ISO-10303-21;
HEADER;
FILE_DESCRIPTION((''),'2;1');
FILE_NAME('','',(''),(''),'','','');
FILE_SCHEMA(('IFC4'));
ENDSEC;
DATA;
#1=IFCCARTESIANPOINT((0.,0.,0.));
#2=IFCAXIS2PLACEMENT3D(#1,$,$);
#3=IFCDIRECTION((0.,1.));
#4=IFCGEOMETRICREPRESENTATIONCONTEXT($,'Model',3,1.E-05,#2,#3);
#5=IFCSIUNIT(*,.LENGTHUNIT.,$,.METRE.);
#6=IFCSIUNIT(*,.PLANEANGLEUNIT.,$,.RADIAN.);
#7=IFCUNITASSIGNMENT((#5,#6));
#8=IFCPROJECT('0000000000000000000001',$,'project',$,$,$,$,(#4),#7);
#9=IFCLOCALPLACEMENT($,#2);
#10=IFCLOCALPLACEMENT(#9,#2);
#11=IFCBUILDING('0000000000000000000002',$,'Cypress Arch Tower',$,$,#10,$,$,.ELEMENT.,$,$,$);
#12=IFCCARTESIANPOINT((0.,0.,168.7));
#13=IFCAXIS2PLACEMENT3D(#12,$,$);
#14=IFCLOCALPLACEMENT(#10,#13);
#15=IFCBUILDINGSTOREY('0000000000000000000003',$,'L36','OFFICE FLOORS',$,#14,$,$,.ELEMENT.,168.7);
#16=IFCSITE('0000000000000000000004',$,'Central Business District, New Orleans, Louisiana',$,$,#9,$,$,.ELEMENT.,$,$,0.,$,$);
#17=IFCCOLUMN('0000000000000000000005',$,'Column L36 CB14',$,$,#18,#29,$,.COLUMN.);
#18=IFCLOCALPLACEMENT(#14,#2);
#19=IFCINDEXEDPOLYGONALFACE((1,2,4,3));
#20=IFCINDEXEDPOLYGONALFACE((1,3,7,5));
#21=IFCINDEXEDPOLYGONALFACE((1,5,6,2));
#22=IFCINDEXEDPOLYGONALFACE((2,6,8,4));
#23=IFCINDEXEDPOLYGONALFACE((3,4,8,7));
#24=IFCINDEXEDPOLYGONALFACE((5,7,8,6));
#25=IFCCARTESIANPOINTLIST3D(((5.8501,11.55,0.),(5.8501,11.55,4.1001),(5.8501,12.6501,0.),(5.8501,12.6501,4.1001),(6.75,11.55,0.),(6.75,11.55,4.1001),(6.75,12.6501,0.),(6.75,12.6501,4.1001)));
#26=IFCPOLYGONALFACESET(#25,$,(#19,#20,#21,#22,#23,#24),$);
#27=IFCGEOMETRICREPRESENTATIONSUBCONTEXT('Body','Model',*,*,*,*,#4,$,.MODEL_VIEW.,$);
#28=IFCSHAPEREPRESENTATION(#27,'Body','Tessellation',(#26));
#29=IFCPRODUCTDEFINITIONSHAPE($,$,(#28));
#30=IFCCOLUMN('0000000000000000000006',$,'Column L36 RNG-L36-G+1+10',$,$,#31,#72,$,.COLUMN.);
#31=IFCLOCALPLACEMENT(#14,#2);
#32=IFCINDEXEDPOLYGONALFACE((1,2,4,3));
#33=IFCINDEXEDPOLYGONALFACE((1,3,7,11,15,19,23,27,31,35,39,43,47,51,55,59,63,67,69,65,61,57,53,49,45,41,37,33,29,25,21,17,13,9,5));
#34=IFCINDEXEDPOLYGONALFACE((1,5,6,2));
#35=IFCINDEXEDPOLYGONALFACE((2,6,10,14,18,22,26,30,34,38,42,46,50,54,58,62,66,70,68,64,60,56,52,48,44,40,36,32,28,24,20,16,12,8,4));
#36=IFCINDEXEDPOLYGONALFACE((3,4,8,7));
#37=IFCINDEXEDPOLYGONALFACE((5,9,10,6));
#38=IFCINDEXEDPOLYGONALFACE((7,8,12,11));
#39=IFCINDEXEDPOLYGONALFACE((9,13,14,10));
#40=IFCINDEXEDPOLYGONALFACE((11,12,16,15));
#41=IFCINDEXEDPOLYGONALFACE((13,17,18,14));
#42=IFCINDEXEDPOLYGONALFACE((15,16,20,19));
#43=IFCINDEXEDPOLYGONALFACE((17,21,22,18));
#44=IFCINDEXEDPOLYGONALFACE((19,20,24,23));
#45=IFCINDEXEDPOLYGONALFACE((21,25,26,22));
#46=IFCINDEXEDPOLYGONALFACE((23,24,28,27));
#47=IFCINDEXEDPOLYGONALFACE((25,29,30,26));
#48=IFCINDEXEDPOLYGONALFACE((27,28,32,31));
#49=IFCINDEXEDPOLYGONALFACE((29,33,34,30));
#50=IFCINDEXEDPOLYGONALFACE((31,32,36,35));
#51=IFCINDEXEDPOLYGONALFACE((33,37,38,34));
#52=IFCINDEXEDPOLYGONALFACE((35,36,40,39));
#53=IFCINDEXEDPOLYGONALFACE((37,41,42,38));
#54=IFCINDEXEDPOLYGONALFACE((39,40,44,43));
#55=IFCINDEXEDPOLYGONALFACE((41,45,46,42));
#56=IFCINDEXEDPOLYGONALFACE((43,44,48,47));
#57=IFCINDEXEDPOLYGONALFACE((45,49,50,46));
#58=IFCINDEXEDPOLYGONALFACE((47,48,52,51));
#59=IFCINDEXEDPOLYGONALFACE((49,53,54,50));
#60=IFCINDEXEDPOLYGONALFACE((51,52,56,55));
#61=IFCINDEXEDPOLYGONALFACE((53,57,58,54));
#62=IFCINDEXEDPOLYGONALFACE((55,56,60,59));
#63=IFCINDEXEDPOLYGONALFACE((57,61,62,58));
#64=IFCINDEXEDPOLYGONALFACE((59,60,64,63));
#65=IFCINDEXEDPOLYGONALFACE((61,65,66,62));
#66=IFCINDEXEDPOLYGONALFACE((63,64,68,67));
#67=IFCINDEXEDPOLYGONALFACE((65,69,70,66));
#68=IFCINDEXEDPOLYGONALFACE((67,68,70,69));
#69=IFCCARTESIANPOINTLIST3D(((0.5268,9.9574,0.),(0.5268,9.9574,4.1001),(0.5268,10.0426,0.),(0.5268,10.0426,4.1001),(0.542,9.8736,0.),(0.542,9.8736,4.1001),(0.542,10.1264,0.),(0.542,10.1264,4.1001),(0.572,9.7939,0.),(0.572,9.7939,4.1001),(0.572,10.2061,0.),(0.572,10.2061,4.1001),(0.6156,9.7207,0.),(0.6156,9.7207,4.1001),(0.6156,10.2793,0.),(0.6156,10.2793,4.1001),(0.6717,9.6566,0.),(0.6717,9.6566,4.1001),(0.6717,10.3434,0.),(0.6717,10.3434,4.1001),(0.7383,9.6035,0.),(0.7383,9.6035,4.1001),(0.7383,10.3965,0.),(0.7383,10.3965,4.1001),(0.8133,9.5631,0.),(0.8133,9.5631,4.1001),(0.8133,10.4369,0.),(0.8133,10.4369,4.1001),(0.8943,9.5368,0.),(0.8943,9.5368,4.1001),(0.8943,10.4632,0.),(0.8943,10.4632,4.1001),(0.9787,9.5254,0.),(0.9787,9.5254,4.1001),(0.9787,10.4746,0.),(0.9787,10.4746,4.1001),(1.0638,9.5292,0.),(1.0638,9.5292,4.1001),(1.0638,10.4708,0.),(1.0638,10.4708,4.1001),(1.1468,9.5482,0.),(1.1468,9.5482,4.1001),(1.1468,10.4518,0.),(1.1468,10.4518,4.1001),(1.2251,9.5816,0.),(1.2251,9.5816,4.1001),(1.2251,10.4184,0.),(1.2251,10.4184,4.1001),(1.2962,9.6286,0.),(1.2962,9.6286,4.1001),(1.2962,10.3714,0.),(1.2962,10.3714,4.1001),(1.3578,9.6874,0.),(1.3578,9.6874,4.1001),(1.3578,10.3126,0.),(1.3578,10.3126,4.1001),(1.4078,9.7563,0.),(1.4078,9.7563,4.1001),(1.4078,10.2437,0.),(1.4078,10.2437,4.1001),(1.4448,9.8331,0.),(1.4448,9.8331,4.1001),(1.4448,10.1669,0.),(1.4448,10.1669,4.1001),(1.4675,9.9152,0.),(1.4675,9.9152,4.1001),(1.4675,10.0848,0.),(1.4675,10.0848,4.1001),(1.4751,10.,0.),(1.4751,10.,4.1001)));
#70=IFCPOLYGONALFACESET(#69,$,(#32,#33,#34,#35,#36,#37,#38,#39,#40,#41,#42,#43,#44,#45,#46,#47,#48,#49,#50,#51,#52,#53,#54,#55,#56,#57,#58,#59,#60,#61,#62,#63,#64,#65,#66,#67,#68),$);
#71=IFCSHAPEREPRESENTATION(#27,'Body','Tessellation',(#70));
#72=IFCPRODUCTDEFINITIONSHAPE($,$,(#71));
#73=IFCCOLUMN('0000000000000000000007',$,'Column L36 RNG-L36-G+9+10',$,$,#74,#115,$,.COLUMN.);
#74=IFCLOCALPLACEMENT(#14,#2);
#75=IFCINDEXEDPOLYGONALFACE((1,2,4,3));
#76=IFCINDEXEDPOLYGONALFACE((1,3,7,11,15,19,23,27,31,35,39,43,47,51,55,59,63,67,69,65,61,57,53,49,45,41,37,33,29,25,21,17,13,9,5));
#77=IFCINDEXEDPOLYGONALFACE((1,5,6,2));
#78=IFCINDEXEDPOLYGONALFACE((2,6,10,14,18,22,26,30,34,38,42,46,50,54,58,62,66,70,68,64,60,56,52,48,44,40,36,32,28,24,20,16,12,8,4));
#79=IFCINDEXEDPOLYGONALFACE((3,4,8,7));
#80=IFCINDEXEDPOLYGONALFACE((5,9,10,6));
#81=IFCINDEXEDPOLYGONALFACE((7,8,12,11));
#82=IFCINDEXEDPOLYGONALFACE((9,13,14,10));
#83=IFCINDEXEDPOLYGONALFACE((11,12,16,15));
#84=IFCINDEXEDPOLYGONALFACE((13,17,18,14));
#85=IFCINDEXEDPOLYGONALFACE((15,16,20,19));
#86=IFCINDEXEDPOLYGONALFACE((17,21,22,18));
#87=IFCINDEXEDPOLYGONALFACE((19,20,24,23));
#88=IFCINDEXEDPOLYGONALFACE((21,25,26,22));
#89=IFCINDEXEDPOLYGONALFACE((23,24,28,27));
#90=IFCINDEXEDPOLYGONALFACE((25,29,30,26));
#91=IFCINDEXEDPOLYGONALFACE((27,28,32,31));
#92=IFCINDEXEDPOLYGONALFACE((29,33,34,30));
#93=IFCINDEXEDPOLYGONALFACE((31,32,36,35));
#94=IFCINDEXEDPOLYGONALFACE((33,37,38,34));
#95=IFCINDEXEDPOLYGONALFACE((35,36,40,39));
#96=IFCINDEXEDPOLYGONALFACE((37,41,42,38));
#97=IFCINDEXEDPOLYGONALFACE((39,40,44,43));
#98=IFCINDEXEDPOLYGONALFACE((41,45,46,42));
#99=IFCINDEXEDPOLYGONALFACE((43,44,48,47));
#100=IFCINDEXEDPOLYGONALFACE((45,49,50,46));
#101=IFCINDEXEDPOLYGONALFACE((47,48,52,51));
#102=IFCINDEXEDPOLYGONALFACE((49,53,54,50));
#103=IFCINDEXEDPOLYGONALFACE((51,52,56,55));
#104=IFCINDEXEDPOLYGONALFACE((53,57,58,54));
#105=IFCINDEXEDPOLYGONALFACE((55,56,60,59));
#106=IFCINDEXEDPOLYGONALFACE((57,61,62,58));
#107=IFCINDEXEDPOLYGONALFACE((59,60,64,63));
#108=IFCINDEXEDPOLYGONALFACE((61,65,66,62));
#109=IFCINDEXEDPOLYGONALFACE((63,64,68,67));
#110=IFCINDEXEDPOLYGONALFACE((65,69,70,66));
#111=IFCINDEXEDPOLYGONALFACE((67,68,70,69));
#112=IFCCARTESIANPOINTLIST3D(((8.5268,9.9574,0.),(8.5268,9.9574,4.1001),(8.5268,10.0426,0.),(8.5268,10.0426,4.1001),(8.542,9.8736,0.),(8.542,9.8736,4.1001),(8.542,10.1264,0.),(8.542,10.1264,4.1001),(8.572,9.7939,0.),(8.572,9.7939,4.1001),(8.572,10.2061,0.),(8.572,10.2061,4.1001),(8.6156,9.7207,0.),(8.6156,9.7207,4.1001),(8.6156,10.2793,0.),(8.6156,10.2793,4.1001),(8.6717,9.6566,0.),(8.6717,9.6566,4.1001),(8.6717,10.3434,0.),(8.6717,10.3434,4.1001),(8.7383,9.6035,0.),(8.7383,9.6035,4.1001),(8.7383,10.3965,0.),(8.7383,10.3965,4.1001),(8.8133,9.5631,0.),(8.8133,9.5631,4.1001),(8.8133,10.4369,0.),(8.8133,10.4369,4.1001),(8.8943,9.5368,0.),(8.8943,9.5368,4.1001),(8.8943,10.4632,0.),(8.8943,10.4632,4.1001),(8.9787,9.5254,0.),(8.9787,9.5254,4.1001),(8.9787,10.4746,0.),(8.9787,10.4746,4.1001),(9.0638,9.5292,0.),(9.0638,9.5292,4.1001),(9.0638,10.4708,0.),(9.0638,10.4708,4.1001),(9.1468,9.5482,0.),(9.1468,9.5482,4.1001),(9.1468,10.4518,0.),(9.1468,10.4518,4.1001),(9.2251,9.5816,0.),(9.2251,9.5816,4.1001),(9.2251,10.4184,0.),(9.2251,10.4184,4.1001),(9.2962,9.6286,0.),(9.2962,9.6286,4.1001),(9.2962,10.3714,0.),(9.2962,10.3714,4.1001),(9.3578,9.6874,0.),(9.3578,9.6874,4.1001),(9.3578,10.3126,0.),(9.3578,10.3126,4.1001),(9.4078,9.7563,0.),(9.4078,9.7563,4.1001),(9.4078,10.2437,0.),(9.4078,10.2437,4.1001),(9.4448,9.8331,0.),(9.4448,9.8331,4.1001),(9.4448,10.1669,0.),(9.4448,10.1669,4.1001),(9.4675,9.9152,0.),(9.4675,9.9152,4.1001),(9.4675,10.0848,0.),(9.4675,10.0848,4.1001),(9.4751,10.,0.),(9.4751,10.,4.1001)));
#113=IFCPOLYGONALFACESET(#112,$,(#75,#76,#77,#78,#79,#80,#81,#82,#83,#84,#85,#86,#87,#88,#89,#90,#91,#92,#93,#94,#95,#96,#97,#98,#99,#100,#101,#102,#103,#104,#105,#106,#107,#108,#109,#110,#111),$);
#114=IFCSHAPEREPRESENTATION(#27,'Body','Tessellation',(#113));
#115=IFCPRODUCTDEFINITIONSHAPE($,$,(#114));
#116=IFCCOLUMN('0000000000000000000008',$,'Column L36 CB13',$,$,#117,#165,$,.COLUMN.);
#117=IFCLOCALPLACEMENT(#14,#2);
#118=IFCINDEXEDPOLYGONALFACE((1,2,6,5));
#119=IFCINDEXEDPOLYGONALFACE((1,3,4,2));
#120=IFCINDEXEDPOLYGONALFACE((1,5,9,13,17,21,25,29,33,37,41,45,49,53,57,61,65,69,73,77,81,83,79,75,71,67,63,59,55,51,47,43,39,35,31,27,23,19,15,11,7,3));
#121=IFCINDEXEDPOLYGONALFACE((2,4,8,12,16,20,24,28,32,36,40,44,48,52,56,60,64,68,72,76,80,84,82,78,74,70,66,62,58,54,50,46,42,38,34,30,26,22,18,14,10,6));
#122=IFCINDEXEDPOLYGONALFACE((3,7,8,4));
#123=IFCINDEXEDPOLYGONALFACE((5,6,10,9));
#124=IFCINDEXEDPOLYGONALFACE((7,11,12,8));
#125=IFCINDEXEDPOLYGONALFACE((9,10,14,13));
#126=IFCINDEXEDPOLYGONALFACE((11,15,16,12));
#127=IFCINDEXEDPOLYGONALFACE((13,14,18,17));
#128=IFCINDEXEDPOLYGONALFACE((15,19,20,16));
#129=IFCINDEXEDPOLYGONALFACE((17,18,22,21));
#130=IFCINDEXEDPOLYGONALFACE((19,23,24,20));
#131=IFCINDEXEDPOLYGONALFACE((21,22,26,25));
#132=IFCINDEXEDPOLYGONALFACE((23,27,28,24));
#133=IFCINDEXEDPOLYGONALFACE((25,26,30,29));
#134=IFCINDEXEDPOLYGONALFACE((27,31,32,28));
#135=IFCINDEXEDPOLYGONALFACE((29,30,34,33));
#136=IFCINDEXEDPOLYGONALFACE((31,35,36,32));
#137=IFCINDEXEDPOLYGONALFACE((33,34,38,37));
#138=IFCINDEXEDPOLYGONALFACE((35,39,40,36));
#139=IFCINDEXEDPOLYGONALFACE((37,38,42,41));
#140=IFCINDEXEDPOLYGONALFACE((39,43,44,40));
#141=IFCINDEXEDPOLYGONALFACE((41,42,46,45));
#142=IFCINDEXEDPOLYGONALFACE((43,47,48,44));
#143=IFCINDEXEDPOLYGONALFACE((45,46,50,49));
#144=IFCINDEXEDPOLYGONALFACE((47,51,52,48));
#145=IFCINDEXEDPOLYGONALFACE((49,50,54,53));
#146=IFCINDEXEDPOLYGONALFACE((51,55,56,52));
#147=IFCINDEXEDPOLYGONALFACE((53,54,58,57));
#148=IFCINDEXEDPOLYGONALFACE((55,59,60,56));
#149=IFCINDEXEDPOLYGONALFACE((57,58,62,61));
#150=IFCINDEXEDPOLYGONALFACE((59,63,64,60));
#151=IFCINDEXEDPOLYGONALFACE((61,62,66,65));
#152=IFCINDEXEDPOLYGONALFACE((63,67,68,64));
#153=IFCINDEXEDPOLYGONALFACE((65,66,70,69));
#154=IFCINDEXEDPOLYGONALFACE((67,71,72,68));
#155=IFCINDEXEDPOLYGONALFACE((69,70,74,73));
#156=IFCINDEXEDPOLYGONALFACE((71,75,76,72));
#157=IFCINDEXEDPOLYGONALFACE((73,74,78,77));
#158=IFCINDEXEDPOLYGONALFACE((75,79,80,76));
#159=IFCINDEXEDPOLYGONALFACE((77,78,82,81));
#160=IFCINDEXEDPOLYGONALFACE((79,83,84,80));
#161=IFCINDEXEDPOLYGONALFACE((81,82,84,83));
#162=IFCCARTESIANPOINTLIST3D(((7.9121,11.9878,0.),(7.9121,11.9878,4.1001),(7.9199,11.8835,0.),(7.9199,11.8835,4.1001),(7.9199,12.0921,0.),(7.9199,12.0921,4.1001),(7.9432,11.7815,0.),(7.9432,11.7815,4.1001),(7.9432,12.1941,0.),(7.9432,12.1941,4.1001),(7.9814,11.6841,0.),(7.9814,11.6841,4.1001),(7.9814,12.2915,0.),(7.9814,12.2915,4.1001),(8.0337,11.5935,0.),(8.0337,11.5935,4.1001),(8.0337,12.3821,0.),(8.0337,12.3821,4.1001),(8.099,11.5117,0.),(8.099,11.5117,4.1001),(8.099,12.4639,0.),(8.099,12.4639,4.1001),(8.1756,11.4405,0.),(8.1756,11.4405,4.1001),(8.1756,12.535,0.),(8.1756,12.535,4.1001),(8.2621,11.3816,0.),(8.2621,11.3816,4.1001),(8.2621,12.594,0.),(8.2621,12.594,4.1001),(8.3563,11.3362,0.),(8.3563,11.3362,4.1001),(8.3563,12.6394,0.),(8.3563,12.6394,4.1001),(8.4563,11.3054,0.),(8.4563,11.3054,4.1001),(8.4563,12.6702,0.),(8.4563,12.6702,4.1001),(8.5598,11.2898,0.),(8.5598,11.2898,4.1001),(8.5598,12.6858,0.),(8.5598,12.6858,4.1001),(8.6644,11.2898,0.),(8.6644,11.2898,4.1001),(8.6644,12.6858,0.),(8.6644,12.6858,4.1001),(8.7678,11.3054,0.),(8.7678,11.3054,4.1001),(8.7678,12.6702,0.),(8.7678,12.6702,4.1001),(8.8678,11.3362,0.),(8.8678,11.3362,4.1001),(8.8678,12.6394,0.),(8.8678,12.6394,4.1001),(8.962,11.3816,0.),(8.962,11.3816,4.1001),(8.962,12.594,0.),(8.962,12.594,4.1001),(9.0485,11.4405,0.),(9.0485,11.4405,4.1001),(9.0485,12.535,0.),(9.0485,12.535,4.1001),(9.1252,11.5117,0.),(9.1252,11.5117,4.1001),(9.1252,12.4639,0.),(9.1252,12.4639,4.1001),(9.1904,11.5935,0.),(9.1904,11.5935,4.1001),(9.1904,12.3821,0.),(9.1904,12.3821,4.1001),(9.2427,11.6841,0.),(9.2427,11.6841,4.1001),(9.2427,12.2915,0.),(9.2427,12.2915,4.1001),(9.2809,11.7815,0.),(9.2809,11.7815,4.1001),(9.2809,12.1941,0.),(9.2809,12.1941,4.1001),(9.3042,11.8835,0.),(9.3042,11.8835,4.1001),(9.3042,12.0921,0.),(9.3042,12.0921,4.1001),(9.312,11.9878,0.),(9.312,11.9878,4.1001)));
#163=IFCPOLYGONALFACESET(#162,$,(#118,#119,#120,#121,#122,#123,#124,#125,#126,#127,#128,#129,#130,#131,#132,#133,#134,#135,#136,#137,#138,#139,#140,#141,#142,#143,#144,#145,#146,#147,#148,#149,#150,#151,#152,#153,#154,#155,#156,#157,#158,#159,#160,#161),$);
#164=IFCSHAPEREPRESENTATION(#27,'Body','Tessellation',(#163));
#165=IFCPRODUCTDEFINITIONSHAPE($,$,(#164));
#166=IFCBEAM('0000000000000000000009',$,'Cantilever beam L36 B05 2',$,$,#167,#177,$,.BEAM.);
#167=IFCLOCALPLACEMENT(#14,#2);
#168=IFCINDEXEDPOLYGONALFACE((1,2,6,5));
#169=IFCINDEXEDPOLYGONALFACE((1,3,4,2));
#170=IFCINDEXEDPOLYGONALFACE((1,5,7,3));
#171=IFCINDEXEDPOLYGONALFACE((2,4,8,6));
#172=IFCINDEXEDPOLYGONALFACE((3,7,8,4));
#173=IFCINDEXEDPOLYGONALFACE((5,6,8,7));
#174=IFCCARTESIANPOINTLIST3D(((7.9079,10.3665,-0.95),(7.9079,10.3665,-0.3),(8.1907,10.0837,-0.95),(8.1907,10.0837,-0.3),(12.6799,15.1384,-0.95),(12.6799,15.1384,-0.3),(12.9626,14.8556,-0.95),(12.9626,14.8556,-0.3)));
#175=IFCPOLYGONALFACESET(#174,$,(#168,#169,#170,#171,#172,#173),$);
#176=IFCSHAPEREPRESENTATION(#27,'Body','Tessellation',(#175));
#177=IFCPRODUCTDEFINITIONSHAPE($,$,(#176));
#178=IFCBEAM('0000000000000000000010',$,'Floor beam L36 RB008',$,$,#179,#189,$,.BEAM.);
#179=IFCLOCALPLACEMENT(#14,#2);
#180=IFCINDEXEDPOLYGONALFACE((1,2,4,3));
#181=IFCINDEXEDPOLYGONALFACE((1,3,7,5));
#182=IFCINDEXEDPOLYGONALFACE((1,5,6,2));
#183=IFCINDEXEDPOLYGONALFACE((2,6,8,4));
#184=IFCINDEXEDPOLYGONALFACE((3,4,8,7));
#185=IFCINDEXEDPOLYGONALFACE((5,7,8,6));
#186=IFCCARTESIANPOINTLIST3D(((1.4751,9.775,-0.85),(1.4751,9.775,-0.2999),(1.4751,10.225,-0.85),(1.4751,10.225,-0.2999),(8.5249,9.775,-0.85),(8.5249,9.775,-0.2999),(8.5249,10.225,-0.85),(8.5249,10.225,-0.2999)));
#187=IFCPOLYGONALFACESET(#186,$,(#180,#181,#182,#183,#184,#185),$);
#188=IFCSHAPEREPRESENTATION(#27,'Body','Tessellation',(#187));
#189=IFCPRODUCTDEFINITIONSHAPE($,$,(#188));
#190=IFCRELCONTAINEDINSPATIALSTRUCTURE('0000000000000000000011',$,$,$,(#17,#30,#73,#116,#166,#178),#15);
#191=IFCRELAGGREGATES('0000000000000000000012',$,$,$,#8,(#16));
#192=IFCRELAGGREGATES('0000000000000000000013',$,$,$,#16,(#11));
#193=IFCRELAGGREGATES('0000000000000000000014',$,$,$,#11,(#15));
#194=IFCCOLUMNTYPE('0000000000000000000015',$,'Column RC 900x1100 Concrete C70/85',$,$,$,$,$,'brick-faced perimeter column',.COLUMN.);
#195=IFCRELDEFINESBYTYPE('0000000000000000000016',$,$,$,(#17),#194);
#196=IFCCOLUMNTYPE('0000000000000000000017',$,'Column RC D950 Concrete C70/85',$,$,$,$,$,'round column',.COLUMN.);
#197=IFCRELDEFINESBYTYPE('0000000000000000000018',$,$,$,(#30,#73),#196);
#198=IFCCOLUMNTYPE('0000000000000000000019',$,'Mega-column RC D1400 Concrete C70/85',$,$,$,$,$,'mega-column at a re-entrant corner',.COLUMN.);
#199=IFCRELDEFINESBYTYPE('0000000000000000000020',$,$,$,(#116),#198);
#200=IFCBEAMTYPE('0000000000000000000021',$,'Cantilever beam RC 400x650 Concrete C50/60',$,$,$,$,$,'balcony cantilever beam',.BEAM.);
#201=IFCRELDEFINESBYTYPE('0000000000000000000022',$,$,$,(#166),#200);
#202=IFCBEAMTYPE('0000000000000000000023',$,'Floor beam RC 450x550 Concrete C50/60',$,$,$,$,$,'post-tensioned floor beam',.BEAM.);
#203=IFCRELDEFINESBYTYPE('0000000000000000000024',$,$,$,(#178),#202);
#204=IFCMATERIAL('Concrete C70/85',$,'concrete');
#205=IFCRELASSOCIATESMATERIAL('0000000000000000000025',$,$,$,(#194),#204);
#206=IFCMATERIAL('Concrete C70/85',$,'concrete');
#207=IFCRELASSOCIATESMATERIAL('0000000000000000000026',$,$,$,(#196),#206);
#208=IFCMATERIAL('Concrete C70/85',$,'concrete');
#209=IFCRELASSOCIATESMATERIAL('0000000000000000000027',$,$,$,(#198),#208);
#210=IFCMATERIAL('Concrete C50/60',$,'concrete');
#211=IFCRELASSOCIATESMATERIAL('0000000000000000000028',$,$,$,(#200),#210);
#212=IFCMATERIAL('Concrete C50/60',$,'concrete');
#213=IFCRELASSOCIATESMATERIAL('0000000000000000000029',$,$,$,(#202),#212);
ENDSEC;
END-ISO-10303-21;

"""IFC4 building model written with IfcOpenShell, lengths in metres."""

from ifc_helpers import new_model, si_unit, direction, frame, origin, origin_2d, place, context, subcontext, project, spatial, rectangle, circle, extrude, material, material_profile, profile_set, type_object, element, save


model = new_model("IFC4")

# Units and contexts
model_context = context("Model", 3, precision=1e-05, world=origin(), true_north=direction((0.0, 1.0)))
body_context = subcontext(model_context, "Body", "Model", "MODEL_VIEW")
ifc_project = project(units=[si_unit("LENGTHUNIT", "METRE"), si_unit("PLANEANGLEUNIT", "RADIAN")], contexts=[model_context])

# Site, building, storey
site_placement = place(None, origin())
site = spatial("IfcSite", under=ifc_project, at=site_placement, Name="Central Business District, New Orleans, Louisiana", CompositionType="ELEMENT", RefElevation=0.0)
building_placement = place(site_placement, origin())
building = spatial("IfcBuilding", under=site, at=building_placement, Name="Cypress Arch Tower", CompositionType="ELEMENT")
storey_placement = place(building_placement, frame((0.0, 0.0, 168.7)))
storey = spatial("IfcBuildingStorey", under=building, at=storey_placement, Name="L36", Description="OFFICE FLOORS", CompositionType="ELEMENT", Elevation=168.7)

# Columns
ifc_material_1 = material(Name="Concrete C70/85", Category="concrete")
ifc_material_profile_1 = material_profile(ifc_material_1, rectangle(XDim=0.8999, YDim=1.1001, at=origin_2d()), Name="RC 900x1100")
ifc_profile_set_1 = profile_set([ifc_material_profile_1], Name="Concrete C70/85")
column_type_1 = type_object("IfcColumnType", Name="Column RC 900x1100 Concrete C70/85", ElementType="brick-faced perimeter column", PredefinedType="COLUMN", material=ifc_profile_set_1)
column_1_placement = place(storey_placement, frame((6.3, 12.1001, 0.0), z_axis=(0.0, 0.0, 1.0), x_axis=(-1.0, 0.0, 0.0)))
element("IfcColumn", 1, at=column_1_placement, inside=storey, type_object=column_type_1, Name="Column L36 CB14", PredefinedType="COLUMN", context=body_context, shape_type="SweptSolid", body=[
    extrude(rectangle(XDim=0.8999, YDim=1.1001, at=origin_2d()), origin(), (0.0, 0.0, 1.0), 4.1001),
])
ifc_material_2 = material(Name="Concrete C70/85", Category="concrete")
ifc_material_profile_2 = material_profile(ifc_material_2, circle(Radius=0.4751, at=origin_2d()), Name="RC D950")
ifc_profile_set_2 = profile_set([ifc_material_profile_2], Name="Concrete C70/85")
column_type_2 = type_object("IfcColumnType", Name="Column RC D950 Concrete C70/85", ElementType="round column", PredefinedType="COLUMN", material=ifc_profile_set_2)
for number, where, z_axis, x_axis, name in (
    (2, (1.0, 10.0, 0.0), (0.0, 0.0, 1.0), (1.0, 0.0, 0.0), "Column L36 RNG-L36-G+1+10"),
    (3, (9.0, 10.0, 0.0), (0.0, 0.0, 1.0), (1.0, 0.0, 0.0), "Column L36 RNG-L36-G+9+10"),
):
    element("IfcColumn", number, at=place(storey_placement, frame(where, z_axis=z_axis, x_axis=x_axis)), inside=storey, type_object=column_type_2, Name=name, PredefinedType="COLUMN", context=body_context, shape_type="SweptSolid", body=[
        extrude(circle(Radius=0.4751, at=origin_2d()), origin(), (0.0, 0.0, 1.0), 4.1001),
    ])
ifc_material_3 = material(Name="Concrete C70/85", Category="concrete")
ifc_material_profile_3 = material_profile(ifc_material_3, circle(Radius=0.7, at=origin_2d()), Name="RC D1400")
ifc_profile_set_3 = profile_set([ifc_material_profile_3], Name="Concrete C70/85")
column_type_3 = type_object("IfcColumnType", Name="Mega-column RC D1400 Concrete C70/85", ElementType="mega-column at a re-entrant corner", PredefinedType="COLUMN", material=ifc_profile_set_3)
column_2_placement = place(storey_placement, frame((8.6121, 11.9878, 0.0), z_axis=(0.0, 0.0, 1.0), x_axis=(1.0, 0.0, 0.0)))
element("IfcColumn", 4, at=column_2_placement, inside=storey, type_object=column_type_3, Name="Column L36 CB13", PredefinedType="COLUMN", context=body_context, shape_type="SweptSolid", body=[
    extrude(circle(Radius=0.7, at=origin_2d()), origin(), (0.0, 0.0, 1.0), 4.1001),
])

# Beams
ifc_material_4 = material(Name="Concrete C50/60", Category="concrete")
ifc_material_profile_4 = material_profile(ifc_material_4, rectangle(XDim=0.3999, YDim=0.6499, at=origin_2d()), Name="RC 400x650")
ifc_profile_set_4 = profile_set([ifc_material_profile_4], Name="Concrete C50/60")
beam_type_1 = type_object("IfcBeamType", Name="Cantilever beam RC 400x650 Concrete C50/60", ElementType="balcony cantilever beam", PredefinedType="BEAM", material=ifc_profile_set_4)
beam_1_placement = place(storey_placement, frame((8.0493, 10.2251, -0.625), z_axis=(0.707107, 0.707107, 0.0), x_axis=(-0.707107, 0.707107, 0.0)))
element("IfcBeam", 5, at=beam_1_placement, inside=storey, type_object=beam_type_1, Name="Cantilever beam L36 B05 2", PredefinedType="BEAM", context=body_context, shape_type="SweptSolid", body=[
    extrude(rectangle(XDim=0.3999, YDim=0.6499, at=origin_2d()), origin(), (0.0, 0.0, 1.0), 6.7485),
])
ifc_material_5 = material(Name="Concrete C50/60", Category="concrete")
ifc_material_profile_5 = material_profile(ifc_material_5, rectangle(XDim=0.45, YDim=0.55, at=origin_2d()), Name="RC 450x550")
ifc_profile_set_5 = profile_set([ifc_material_profile_5], Name="Concrete C50/60")
beam_type_2 = type_object("IfcBeamType", Name="Floor beam RC 450x550 Concrete C50/60", ElementType="post-tensioned floor beam", PredefinedType="BEAM", material=ifc_profile_set_5)
beam_2_placement = place(storey_placement, frame((1.4751, 10.0, -0.575), z_axis=(1.0, 0.0, 0.0), x_axis=(0.0, 1.0, 0.0)))
element("IfcBeam", 6, at=beam_2_placement, inside=storey, type_object=beam_type_2, Name="Floor beam L36 RB008", PredefinedType="BEAM", context=body_context, shape_type="SweptSolid", body=[
    extrude(rectangle(XDim=0.45, YDim=0.55, at=origin_2d()), origin(), (0.0, 0.0, 1.0), 7.0498),
])

save(model, "model.ifc")
